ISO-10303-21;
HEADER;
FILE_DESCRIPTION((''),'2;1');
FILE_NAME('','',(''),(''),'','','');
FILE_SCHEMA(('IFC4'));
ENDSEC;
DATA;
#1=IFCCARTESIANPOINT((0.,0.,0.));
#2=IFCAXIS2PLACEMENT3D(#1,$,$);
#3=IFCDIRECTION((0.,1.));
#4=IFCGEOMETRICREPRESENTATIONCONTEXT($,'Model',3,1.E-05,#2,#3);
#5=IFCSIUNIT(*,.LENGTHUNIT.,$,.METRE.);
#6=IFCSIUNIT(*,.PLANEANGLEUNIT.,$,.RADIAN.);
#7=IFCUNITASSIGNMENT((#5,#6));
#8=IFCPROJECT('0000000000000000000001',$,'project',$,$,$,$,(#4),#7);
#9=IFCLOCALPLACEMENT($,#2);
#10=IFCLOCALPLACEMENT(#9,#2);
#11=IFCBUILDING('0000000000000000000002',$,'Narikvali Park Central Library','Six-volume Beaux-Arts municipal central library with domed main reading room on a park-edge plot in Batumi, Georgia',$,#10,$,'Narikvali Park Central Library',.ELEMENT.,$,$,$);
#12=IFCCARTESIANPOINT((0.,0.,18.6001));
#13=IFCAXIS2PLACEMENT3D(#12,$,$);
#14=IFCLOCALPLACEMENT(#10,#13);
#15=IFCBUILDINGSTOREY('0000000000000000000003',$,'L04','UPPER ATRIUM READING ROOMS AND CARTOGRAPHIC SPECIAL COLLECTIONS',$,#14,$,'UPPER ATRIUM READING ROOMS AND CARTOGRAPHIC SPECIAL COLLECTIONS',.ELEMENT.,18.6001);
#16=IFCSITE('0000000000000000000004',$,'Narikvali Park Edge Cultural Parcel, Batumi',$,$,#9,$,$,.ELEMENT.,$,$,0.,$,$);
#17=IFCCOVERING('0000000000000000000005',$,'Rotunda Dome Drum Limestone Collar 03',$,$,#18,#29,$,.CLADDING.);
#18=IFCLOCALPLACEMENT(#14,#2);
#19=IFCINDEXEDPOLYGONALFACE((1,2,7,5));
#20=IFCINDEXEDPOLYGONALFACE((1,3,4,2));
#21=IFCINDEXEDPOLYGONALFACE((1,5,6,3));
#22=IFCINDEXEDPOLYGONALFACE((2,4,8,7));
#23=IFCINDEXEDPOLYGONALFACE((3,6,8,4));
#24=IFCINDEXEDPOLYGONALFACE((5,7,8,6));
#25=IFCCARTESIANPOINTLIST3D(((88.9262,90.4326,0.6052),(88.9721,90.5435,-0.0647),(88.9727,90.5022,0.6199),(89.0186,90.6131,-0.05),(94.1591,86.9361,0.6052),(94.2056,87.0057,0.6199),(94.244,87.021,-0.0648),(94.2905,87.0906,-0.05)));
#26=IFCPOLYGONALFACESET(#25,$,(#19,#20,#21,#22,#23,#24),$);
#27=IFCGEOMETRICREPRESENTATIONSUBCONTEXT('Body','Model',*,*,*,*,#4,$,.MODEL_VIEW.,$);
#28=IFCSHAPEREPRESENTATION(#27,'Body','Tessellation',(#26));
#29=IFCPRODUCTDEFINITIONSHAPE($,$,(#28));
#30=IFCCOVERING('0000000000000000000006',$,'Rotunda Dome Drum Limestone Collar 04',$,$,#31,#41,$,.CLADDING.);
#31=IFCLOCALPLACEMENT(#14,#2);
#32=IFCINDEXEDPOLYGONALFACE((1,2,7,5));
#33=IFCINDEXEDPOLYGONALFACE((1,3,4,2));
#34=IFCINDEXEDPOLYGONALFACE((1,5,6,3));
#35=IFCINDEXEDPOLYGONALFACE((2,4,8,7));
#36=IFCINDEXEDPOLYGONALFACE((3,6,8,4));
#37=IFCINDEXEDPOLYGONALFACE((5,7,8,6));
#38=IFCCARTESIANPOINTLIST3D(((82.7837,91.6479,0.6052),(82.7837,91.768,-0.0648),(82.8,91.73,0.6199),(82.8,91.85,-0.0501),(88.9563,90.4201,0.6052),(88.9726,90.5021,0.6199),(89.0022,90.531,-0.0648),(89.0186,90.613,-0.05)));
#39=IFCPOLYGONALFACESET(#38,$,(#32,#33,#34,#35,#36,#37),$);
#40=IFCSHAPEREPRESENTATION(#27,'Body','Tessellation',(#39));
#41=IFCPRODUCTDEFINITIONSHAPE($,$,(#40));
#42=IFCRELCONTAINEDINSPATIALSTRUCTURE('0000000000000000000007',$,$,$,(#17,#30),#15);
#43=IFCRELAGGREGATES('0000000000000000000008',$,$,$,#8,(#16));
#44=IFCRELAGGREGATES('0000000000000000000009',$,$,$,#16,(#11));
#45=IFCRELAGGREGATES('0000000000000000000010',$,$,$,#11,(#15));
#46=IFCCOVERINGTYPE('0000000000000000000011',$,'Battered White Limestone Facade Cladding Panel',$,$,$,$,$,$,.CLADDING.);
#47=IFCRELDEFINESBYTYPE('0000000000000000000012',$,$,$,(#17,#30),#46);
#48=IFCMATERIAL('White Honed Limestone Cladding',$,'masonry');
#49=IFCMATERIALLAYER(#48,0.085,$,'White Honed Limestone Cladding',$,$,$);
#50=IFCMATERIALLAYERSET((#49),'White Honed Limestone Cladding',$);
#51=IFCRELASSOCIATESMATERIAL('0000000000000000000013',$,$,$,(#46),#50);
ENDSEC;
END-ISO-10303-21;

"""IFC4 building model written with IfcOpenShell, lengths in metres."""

from ifc_helpers import new_model, si_unit, direction, frame, origin, place, context, subcontext, project, spatial, polyline, outline, extrude, material, layer, layer_set, type_object, element, save


model = new_model("IFC4")

# Units and contexts
model_context = context("Model", 3, precision=1e-05, world=origin(), true_north=direction((0.0, 1.0)))
body_context = subcontext(model_context, "Body", "Model", "MODEL_VIEW")
ifc_project = project(units=[si_unit("LENGTHUNIT", "METRE"), si_unit("PLANEANGLEUNIT", "RADIAN")], contexts=[model_context])

# Site, building, storey
site_placement = place(None, origin())
site = spatial("IfcSite", under=ifc_project, at=site_placement, Name="Narikvali Park Edge Cultural Parcel, Batumi", CompositionType="ELEMENT", RefElevation=0.0)
building_placement = place(site_placement, origin())
building = spatial("IfcBuilding", under=site, at=building_placement, Name="Narikvali Park Central Library", Description="Six-volume Beaux-Arts municipal central library with domed main reading room on a park-edge plot in Batumi, Georgia", LongName="Narikvali Park Central Library", CompositionType="ELEMENT")
storey_placement = place(building_placement, frame((0.0, 0.0, 18.6001)))
storey = spatial("IfcBuildingStorey", under=building, at=storey_placement, Name="L04", Description="UPPER ATRIUM READING ROOMS AND CARTOGRAPHIC SPECIAL COLLECTIONS", LongName="UPPER ATRIUM READING ROOMS AND CARTOGRAPHIC SPECIAL COLLECTIONS", CompositionType="ELEMENT", Elevation=18.6001)

# Coverings
ifc_material_1 = material(Name="White Honed Limestone Cladding", Category="masonry")
ifc_layer_1 = layer(ifc_material_1, 0.085, Name="White Honed Limestone Cladding")
ifc_layer_set_1 = layer_set([ifc_layer_1], Name="White Honed Limestone Cladding")
covering_type = type_object("IfcCoveringType", Name="Battered White Limestone Facade Cladding Panel", PredefinedType="CLADDING", material=ifc_layer_set_1)
covering_1_placement = place(storey_placement, frame((94.2905, 87.0906, -0.05), z_axis=(0.547177, 0.818919, 0.173116), x_axis=(-0.831473, 0.555565, 0.000002)))
element("IfcCovering", 1, at=covering_1_placement, inside=storey, type_object=covering_type, Name="Rotunda Dome Drum Limestone Collar 03", PredefinedType="CLADDING", context=body_context, shape_type="SweptSolid", body=[
    extrude(outline(polyline([(0.0, 0.0), (6.3405, 0.0), (6.317, 0.6802), (0.0234, 0.6802), (0.0, 0.0)])), origin(), (0.0, 0.0, -1.0), 0.085),
])
covering_2_placement = place(storey_placement, frame((89.0186, 90.613, -0.05), z_axis=(0.192153, 0.965979, 0.173094), x_axis=(-0.980784, 0.195098, -0.000002)))
element("IfcCovering", 2, at=covering_2_placement, inside=storey, type_object=covering_type, Name="Rotunda Dome Drum Limestone Collar 04", PredefinedType="CLADDING", context=body_context, shape_type="SweptSolid", body=[
    extrude(outline(polyline([(0.0, 0.0), (6.3404, 0.0), (6.3169, 0.6802), (0.0234, 0.6802), (0.0, 0.0)])), origin(), (0.0, 0.0, -1.0), 0.085),
])

save(model, "model.ifc")
